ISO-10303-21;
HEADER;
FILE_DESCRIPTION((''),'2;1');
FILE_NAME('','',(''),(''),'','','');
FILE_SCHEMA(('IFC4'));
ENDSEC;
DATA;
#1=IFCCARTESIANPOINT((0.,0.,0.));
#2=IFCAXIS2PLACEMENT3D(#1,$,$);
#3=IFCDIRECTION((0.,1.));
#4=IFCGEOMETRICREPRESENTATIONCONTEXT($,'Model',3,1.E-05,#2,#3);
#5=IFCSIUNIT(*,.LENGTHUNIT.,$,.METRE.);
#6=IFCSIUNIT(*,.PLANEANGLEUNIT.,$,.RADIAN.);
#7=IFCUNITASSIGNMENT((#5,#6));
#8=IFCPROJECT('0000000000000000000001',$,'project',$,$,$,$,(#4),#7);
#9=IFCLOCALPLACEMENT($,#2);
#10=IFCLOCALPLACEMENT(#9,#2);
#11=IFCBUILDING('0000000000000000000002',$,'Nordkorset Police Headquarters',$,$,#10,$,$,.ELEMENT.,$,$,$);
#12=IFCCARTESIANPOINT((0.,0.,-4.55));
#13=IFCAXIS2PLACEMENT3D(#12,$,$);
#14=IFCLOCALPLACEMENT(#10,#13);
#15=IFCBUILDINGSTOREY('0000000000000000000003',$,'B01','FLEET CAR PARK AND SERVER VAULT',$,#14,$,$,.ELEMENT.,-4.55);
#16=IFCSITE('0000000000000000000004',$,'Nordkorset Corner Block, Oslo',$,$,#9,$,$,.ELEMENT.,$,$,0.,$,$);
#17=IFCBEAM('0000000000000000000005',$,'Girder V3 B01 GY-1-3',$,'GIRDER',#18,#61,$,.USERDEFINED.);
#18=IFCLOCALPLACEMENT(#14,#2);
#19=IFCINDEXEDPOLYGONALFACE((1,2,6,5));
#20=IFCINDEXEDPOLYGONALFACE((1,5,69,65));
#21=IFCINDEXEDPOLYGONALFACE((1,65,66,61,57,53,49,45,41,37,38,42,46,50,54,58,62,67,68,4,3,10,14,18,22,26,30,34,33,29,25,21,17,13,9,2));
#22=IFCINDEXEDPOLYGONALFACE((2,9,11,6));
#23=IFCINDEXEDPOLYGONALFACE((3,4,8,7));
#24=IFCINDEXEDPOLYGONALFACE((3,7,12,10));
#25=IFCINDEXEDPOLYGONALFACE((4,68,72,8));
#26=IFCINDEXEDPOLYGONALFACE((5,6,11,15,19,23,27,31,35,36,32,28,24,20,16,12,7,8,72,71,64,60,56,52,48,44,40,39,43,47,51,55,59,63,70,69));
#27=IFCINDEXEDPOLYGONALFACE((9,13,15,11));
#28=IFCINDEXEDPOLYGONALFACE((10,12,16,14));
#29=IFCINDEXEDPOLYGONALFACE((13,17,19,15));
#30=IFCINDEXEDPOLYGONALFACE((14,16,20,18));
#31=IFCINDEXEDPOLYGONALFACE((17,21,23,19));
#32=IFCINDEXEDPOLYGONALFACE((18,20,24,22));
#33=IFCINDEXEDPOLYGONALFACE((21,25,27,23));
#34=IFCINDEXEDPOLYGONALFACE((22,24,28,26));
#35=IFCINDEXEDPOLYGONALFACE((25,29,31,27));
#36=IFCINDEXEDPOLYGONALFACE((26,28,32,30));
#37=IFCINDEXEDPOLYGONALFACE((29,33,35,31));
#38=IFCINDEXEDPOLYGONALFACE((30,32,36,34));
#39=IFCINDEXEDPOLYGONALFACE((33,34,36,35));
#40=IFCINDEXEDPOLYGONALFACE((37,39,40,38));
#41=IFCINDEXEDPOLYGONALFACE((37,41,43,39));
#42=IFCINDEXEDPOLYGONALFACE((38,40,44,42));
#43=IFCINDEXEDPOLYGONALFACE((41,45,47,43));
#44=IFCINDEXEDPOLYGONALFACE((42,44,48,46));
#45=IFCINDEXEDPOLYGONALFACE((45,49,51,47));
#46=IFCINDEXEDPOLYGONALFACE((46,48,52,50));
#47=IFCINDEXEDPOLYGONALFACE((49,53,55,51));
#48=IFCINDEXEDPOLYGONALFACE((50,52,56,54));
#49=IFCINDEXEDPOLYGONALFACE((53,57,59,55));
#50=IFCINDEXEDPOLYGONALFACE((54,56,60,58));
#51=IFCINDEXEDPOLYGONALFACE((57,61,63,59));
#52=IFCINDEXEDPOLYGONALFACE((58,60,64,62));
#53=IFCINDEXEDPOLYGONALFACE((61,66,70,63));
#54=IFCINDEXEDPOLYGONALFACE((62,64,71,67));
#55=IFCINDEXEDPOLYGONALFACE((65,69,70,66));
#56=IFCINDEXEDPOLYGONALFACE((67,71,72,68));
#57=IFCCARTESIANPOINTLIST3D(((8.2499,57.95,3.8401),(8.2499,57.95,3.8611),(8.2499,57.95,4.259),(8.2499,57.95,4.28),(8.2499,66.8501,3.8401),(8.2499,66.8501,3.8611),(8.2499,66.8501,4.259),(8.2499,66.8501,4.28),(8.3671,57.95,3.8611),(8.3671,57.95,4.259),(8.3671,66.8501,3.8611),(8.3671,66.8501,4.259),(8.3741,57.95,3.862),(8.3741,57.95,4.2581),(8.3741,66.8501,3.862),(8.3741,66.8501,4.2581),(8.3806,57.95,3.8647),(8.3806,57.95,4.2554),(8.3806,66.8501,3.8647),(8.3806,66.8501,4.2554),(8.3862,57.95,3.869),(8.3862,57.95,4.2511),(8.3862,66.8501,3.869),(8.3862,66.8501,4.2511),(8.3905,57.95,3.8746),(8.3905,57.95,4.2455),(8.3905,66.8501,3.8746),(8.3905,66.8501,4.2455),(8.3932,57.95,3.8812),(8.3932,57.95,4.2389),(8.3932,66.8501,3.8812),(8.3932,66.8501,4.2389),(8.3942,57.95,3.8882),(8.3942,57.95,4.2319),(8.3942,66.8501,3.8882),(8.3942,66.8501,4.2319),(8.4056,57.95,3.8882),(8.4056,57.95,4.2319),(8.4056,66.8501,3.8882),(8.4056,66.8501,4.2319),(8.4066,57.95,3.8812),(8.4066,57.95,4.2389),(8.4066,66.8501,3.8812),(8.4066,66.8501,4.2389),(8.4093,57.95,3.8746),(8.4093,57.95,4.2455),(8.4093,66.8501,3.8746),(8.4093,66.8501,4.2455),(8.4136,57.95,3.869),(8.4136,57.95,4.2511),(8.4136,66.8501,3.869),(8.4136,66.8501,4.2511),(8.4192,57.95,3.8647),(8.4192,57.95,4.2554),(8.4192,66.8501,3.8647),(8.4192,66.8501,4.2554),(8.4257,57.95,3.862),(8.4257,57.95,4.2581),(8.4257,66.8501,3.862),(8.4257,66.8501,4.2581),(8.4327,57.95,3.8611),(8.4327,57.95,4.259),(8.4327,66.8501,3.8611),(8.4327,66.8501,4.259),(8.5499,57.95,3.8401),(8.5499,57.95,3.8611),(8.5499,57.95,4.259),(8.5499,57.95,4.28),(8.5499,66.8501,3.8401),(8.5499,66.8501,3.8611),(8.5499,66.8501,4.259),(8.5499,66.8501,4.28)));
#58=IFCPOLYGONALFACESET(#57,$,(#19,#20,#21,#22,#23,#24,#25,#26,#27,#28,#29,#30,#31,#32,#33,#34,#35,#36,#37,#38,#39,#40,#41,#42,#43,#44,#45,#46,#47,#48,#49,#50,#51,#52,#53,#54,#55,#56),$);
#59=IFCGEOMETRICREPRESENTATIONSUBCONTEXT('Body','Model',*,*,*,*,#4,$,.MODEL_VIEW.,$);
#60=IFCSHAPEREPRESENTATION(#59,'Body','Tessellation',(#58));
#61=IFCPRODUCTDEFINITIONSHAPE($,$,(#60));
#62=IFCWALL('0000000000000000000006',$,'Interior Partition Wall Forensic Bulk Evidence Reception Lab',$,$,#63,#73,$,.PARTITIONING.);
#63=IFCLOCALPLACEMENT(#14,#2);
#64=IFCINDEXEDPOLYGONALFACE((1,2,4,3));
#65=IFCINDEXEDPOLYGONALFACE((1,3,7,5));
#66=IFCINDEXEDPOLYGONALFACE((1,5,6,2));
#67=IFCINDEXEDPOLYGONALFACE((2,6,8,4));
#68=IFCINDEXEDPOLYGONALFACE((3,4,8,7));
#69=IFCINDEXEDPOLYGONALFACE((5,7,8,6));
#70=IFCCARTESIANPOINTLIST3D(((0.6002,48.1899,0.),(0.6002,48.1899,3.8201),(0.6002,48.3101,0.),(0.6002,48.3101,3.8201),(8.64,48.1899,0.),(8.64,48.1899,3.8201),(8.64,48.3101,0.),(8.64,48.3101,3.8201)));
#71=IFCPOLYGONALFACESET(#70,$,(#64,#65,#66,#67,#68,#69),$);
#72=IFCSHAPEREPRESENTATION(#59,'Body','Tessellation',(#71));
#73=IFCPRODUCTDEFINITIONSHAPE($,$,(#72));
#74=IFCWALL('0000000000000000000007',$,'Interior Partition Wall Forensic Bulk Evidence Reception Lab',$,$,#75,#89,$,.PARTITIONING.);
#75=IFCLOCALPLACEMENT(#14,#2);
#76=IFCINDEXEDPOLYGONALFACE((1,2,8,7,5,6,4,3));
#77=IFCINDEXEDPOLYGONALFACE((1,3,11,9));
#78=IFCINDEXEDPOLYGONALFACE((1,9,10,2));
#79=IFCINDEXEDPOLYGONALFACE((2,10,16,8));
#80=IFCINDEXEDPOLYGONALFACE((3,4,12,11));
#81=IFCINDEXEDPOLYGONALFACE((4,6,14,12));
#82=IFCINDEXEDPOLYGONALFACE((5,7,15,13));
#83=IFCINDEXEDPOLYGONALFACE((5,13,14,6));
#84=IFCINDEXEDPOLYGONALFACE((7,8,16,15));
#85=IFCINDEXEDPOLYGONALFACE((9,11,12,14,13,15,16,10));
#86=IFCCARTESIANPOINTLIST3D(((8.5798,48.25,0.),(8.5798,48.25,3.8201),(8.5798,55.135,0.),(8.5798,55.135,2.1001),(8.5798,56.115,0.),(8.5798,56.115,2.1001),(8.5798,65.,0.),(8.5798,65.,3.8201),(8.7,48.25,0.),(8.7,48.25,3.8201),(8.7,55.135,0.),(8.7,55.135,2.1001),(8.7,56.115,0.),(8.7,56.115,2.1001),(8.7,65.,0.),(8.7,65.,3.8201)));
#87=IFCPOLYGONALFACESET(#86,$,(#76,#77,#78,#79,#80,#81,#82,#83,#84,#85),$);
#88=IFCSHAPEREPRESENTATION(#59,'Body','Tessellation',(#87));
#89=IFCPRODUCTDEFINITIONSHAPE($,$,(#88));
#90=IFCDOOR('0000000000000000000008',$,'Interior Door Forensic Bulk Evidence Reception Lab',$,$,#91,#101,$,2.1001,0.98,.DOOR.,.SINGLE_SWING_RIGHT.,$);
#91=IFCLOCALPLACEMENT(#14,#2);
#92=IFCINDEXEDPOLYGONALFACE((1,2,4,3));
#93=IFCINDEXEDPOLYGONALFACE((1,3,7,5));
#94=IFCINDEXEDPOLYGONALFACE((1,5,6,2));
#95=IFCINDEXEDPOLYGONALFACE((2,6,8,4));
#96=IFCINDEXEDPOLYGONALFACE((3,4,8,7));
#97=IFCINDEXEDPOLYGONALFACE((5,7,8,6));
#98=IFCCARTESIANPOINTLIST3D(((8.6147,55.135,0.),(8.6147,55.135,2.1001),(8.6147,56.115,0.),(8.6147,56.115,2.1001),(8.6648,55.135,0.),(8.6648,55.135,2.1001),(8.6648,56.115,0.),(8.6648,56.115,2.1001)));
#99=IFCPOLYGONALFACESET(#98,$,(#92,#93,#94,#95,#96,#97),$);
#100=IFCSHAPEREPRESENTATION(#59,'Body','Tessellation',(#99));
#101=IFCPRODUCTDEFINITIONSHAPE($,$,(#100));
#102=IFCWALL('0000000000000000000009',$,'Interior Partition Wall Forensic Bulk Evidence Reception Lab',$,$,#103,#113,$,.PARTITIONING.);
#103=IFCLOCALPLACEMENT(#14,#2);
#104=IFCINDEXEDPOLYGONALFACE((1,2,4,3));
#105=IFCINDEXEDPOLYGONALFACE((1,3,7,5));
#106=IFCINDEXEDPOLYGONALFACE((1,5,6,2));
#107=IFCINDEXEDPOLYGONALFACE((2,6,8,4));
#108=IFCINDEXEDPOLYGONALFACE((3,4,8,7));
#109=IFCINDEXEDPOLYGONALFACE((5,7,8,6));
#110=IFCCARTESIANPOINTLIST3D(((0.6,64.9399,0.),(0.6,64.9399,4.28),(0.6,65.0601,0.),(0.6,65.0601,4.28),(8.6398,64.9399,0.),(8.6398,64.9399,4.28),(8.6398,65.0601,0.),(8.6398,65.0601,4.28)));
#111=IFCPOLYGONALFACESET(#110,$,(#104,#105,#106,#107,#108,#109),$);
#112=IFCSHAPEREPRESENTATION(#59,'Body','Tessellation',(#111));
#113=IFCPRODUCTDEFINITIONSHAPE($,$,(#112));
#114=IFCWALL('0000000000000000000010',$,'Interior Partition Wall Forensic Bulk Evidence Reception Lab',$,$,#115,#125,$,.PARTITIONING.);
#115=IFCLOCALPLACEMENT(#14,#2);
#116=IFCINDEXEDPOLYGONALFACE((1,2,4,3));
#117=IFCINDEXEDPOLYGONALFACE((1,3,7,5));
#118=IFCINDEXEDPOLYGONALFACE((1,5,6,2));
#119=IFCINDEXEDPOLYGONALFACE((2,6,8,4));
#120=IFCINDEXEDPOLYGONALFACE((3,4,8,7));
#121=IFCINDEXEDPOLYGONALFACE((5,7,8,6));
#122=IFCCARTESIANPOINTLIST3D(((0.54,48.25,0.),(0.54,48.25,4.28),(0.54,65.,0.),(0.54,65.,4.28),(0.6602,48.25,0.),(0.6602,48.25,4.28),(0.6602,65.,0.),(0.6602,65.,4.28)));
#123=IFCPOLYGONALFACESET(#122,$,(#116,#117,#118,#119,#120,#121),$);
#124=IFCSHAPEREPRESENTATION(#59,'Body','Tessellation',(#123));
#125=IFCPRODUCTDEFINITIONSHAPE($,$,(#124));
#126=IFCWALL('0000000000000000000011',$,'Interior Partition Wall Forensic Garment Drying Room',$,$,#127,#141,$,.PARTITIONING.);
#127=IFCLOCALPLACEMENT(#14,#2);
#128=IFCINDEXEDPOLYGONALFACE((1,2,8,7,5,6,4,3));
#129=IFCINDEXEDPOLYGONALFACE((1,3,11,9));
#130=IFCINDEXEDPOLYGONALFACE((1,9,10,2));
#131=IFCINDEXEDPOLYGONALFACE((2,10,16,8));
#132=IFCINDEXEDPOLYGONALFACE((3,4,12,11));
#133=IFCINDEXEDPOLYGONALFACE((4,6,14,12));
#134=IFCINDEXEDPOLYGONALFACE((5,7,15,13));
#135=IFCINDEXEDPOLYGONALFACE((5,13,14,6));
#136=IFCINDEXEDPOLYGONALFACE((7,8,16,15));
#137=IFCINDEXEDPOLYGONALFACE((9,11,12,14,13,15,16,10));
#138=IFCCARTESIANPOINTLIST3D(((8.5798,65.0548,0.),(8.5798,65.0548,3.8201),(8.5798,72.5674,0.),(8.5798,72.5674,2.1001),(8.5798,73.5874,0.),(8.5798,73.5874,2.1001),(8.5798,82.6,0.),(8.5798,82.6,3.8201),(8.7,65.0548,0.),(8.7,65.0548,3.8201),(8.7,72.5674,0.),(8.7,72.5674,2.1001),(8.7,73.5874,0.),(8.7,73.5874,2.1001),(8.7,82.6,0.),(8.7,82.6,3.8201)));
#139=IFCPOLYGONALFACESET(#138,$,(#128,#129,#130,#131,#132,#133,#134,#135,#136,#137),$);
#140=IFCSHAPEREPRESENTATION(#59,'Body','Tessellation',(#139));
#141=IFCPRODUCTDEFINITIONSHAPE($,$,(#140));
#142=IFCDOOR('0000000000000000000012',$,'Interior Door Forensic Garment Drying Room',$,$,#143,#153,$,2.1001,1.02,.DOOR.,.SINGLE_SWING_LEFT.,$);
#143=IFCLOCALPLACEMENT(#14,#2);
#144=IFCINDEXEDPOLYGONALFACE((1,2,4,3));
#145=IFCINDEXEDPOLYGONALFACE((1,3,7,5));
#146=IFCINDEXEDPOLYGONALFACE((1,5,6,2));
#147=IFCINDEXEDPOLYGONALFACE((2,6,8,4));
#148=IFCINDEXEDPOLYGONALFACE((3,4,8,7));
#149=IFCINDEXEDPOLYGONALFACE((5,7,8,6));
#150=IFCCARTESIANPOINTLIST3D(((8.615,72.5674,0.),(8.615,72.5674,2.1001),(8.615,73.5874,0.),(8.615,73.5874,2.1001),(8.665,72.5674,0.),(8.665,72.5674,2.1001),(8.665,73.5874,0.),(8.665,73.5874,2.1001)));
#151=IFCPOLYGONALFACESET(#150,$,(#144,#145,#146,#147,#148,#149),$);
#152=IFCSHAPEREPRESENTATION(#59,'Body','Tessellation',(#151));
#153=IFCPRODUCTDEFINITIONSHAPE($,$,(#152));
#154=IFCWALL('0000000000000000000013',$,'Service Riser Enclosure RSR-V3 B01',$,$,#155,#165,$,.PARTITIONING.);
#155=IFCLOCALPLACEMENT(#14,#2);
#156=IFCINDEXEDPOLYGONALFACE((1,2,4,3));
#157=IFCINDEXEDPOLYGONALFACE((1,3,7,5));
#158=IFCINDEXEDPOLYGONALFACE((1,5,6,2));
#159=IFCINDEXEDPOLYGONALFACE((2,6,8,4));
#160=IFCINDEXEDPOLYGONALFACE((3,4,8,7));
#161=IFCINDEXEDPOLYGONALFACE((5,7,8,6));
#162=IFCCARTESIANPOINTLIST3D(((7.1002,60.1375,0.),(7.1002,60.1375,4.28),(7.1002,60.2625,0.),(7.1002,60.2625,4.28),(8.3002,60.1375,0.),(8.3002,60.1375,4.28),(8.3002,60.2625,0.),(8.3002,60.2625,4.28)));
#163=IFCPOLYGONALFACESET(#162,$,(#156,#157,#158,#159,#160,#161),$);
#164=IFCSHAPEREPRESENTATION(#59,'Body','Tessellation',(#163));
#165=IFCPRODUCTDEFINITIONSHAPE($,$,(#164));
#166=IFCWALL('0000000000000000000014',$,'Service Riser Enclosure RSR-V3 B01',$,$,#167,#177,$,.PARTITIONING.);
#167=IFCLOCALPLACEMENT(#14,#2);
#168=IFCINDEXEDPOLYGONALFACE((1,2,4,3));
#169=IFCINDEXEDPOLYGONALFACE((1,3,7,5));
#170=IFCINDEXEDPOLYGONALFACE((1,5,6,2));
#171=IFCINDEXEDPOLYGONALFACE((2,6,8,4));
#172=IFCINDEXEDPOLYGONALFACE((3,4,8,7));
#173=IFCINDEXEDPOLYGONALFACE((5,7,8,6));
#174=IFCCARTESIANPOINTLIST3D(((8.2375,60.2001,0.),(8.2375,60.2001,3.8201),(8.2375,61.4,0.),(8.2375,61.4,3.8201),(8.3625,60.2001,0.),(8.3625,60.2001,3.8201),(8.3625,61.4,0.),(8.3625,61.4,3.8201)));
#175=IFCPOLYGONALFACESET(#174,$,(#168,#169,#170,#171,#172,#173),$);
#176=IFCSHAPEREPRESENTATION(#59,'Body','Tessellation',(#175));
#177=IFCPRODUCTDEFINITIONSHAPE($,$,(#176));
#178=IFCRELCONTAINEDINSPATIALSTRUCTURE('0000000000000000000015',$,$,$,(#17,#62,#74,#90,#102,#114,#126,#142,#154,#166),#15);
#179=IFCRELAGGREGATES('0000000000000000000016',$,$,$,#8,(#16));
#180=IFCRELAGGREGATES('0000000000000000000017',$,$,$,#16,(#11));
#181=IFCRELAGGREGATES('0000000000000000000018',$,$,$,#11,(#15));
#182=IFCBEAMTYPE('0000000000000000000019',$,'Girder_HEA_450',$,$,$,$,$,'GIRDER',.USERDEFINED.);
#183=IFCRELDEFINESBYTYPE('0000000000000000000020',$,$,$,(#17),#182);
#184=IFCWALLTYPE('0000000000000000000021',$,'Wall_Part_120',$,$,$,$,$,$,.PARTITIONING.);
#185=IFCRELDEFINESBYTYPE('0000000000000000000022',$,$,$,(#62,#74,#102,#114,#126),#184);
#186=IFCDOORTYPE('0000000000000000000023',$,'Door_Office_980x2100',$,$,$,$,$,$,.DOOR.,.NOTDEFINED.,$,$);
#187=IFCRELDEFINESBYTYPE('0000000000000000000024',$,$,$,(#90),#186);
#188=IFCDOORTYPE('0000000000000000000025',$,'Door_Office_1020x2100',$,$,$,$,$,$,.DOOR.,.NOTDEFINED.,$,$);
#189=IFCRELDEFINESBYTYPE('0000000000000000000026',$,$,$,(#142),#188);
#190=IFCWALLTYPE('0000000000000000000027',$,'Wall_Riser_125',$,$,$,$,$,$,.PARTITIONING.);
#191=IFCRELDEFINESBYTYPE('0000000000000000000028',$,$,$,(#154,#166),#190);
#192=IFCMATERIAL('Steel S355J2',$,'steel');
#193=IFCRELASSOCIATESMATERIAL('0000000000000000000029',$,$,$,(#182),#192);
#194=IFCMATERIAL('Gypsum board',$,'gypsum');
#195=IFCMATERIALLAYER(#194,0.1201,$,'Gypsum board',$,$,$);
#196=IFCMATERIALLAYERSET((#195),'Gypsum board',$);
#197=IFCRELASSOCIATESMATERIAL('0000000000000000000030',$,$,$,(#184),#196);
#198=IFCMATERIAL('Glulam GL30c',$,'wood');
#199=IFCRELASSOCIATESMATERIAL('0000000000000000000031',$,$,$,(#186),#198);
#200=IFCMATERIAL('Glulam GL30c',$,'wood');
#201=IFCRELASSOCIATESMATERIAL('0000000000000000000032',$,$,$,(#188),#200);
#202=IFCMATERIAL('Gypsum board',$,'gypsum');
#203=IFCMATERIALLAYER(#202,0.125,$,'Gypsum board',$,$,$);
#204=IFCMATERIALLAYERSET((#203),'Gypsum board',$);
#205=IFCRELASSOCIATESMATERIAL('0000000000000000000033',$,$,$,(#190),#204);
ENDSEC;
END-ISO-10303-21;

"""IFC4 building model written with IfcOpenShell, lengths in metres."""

from ifc_helpers import new_model, si_unit, direction, frame, frame_2d, origin, origin_2d, place, context, subcontext, project, spatial, rectangle, i_section, extrude, material, layer, layer_set, material_profile, profile_set, type_object, element, fill, save


model = new_model("IFC4")

# Units and contexts
model_context = context("Model", 3, precision=1e-05, world=origin(), true_north=direction((0.0, 1.0)))
body_context = subcontext(model_context, "Body", "Model", "MODEL_VIEW")
ifc_project = project(units=[si_unit("LENGTHUNIT", "METRE"), si_unit("PLANEANGLEUNIT", "RADIAN")], contexts=[model_context])

# Site, building, storey
site_placement = place(None, origin())
site = spatial("IfcSite", under=ifc_project, at=site_placement, Name="Nordkorset Corner Block, Oslo", CompositionType="ELEMENT", RefElevation=0.0)
building_placement = place(site_placement, origin())
building = spatial("IfcBuilding", under=site, at=building_placement, Name="Nordkorset Police Headquarters", CompositionType="ELEMENT")
storey_placement = place(building_placement, frame((0.0, 0.0, -4.55)))
storey = spatial("IfcBuildingStorey", under=building, at=storey_placement, Name="B01", Description="FLEET CAR PARK AND SERVER VAULT", CompositionType="ELEMENT", Elevation=-4.55)

# Beam
ifc_material_1 = material(Name="Steel S355J2", Category="steel")
ifc_material_profile_1 = material_profile(ifc_material_1, i_section(OverallWidth=0.3, OverallDepth=0.4399, WebThickness=0.0115, FlangeThickness=0.021, FilletRadius=0.0271, at=origin_2d()), Name="HEA 450")
ifc_profile_set_1 = profile_set([ifc_material_profile_1], Name="Steel S355J2")
beam_type_1 = type_object("IfcBeamType", Name="Girder_HEA_450", ElementType="GIRDER", PredefinedType="USERDEFINED", material=ifc_profile_set_1)
beam_1_placement = place(storey_placement, frame((8.3999, 57.95, 4.0601), z_axis=(0.0, 1.0, 0.0), x_axis=(-1.0, 0.0, 0.0)))
element("IfcBeam", 1, at=beam_1_placement, inside=storey, type_object=beam_type_1, Name="Girder V3 B01 GY-1-3", ObjectType="GIRDER", PredefinedType="USERDEFINED", context=body_context, shape_type="SweptSolid", body=[
    extrude(i_section(OverallWidth=0.3, OverallDepth=0.4399, WebThickness=0.0115, FlangeThickness=0.021, FilletRadius=0.0271, at=origin_2d()), origin(), (0.0, 0.0, 1.0), 8.9001),
])

# Wall
ifc_material_2 = material(Name="Gypsum board", Category="gypsum")
ifc_layer_1 = layer(ifc_material_2, 0.1201, Name="Gypsum board")
ifc_layer_set_1 = layer_set([ifc_layer_1], Name="Gypsum board")
wall_type_1 = type_object("IfcWallType", Name="Wall_Part_120", PredefinedType="PARTITIONING", material=ifc_layer_set_1)
wall_1_placement = place(storey_placement, frame((0.6001, 48.25, 0.0), z_axis=(0.0, 0.0, 1.0), x_axis=(1.0, 0.0, 0.0)))
element("IfcWall", 2, at=wall_1_placement, inside=storey, type_object=wall_type_1, Name="Interior Partition Wall Forensic Bulk Evidence Reception Lab", PredefinedType="PARTITIONING", context=body_context, shape_type="SweptSolid", body=[
    extrude(rectangle(XDim=8.0398, YDim=0.1201, at=frame_2d((4.02, 0.0))), origin(), (0.0, 0.0, 1.0), 3.8201),
])

# Wall, opening, door
wall_2_placement = place(storey_placement, frame((8.6399, 48.25, 0.0), z_axis=(0.0, 0.0, 1.0), x_axis=(0.0, 1.0, 0.0)))
wall_2 = element("IfcWall", 3, at=wall_2_placement, inside=storey, type_object=wall_type_1, Name="Interior Partition Wall Forensic Bulk Evidence Reception Lab", PredefinedType="PARTITIONING", context=body_context, shape_type="SweptSolid", body=[
    extrude(rectangle(XDim=16.75, YDim=0.1201, at=frame_2d((8.375, 0.0))), origin(), (0.0, 0.0, 1.0), 3.8201),
])
opening_1_placement = place(wall_2_placement, frame((6.885, 0.0, 0.0)))
opening_1 = element("IfcOpeningElement", 4, at=opening_1_placement, cuts=wall_2, PredefinedType="OPENING", context=body_context, shape_type="SweptSolid", body=[
    extrude(rectangle(XDim=0.98, YDim=2.1001, at=frame_2d((0.49, 1.05))), frame((0.0, 0.0701, 0.0), z_axis=(0.0, -1.0, 0.0), x_axis=(1.0, 0.0, 0.0)), (0.0, 0.0, 1.0), 0.1401),
])
ifc_material_3 = material(Name="Glulam GL30c", Category="wood")
door_type_1 = type_object("IfcDoorType", Name="Door_Office_980x2100", OperationType="NOTDEFINED", PredefinedType="DOOR", material=ifc_material_3)
door_1_placement = place(opening_1_placement, frame((0.98, 0.0, 0.0), z_axis=(0.0, 0.0, 1.0), x_axis=(-1.0, 0.0, 0.0)))
door_1 = element("IfcDoor", 5, at=door_1_placement, inside=storey, type_object=door_type_1, Name="Interior Door Forensic Bulk Evidence Reception Lab", OperationType="SINGLE_SWING_RIGHT", OverallHeight=2.1001, OverallWidth=0.98, PredefinedType="DOOR", context=body_context, shape_type="SweptSolid", body=[
    extrude(rectangle(XDim=0.98, YDim=2.1001, at=frame_2d((0.49, 1.05))), frame((0.0, 0.0249, 0.0), z_axis=(0.0, -1.0, 0.0), x_axis=(1.0, 0.0, 0.0)), (0.0, 0.0, 1.0), 0.05),
])
fill(opening_1, door_1)

# Walls
wall_3_placement = place(storey_placement, frame((8.6399, 65.0, 0.0), z_axis=(0.0, 0.0, 1.0), x_axis=(-1.0, 0.0, 0.0)))
element("IfcWall", 6, at=wall_3_placement, inside=storey, type_object=wall_type_1, Name="Interior Partition Wall Forensic Bulk Evidence Reception Lab", PredefinedType="PARTITIONING", context=body_context, shape_type="SweptSolid", body=[
    extrude(rectangle(XDim=8.0398, YDim=0.1201, at=frame_2d((4.02, 0.0))), origin(), (0.0, 0.0, 1.0), 4.28),
])
wall_4_placement = place(storey_placement, frame((0.6001, 65.0, 0.0), z_axis=(0.0, 0.0, 1.0), x_axis=(0.0, -1.0, 0.0)))
element("IfcWall", 7, at=wall_4_placement, inside=storey, type_object=wall_type_1, Name="Interior Partition Wall Forensic Bulk Evidence Reception Lab", PredefinedType="PARTITIONING", context=body_context, shape_type="SweptSolid", body=[
    extrude(rectangle(XDim=16.75, YDim=0.1201, at=frame_2d((8.375, 0.0))), origin(), (0.0, 0.0, 1.0), 4.28),
])

# Wall, opening, door
wall_5_placement = place(storey_placement, frame((8.6399, 65.0549, 0.0), z_axis=(0.0, 0.0, 1.0), x_axis=(0.0, 1.0, 0.0)))
wall_5 = element("IfcWall", 8, at=wall_5_placement, inside=storey, type_object=wall_type_1, Name="Interior Partition Wall Forensic Garment Drying Room", PredefinedType="PARTITIONING", context=body_context, shape_type="SweptSolid", body=[
    extrude(rectangle(XDim=17.5452, YDim=0.1201, at=frame_2d((8.7725, 0.0))), origin(), (0.0, 0.0, 1.0), 3.8201),
])
opening_2_placement = place(wall_5_placement, frame((7.5125, 0.0, 0.0)))
opening_2 = element("IfcOpeningElement", 9, at=opening_2_placement, cuts=wall_5, PredefinedType="OPENING", context=body_context, shape_type="SweptSolid", body=[
    extrude(rectangle(XDim=1.02, YDim=2.1001, at=frame_2d((0.51, 1.05))), frame((0.0, 0.0701, 0.0), z_axis=(0.0, -1.0, 0.0), x_axis=(1.0, 0.0, 0.0)), (0.0, 0.0, 1.0), 0.1401),
])
ifc_material_4 = material(Name="Glulam GL30c", Category="wood")
door_type_2 = type_object("IfcDoorType", Name="Door_Office_1020x2100", OperationType="NOTDEFINED", PredefinedType="DOOR", material=ifc_material_4)
door_2_placement = place(opening_2_placement, origin())
door_2 = element("IfcDoor", 10, at=door_2_placement, inside=storey, type_object=door_type_2, Name="Interior Door Forensic Garment Drying Room", OperationType="SINGLE_SWING_LEFT", OverallHeight=2.1001, OverallWidth=1.02, PredefinedType="DOOR", context=body_context, shape_type="SweptSolid", body=[
    extrude(rectangle(XDim=1.02, YDim=2.1001, at=frame_2d((0.51, 1.05))), frame((0.0, 0.0249, 0.0), z_axis=(0.0, -1.0, 0.0), x_axis=(1.0, 0.0, 0.0)), (0.0, 0.0, 1.0), 0.05),
])
fill(opening_2, door_2)

# Walls
ifc_material_5 = material(Name="Gypsum board", Category="gypsum")
ifc_layer_2 = layer(ifc_material_5, 0.125, Name="Gypsum board")
ifc_layer_set_2 = layer_set([ifc_layer_2], Name="Gypsum board")
wall_type_2 = type_object("IfcWallType", Name="Wall_Riser_125", PredefinedType="PARTITIONING", material=ifc_layer_set_2)
wall_6_placement = place(storey_placement, frame((7.1001, 60.2, 0.0), z_axis=(0.0, 0.0, 1.0), x_axis=(1.0, 0.0, 0.0)))
element("IfcWall", 11, at=wall_6_placement, inside=storey, type_object=wall_type_2, Name="Service Riser Enclosure RSR-V3 B01", PredefinedType="PARTITIONING", context=body_context, shape_type="SweptSolid", body=[
    extrude(rectangle(XDim=1.2, YDim=0.125, at=frame_2d((0.6001, 0.0))), origin(), (0.0, 0.0, 1.0), 4.28),
])
wall_7_placement = place(storey_placement, frame((8.3, 60.2, 0.0), z_axis=(0.0, 0.0, 1.0), x_axis=(0.0, 1.0, 0.0)))
element("IfcWall", 12, at=wall_7_placement, inside=storey, type_object=wall_type_2, Name="Service Riser Enclosure RSR-V3 B01", PredefinedType="PARTITIONING", context=body_context, shape_type="SweptSolid", body=[
    extrude(rectangle(XDim=1.2, YDim=0.125, at=frame_2d((0.6001, 0.0))), origin(), (0.0, 0.0, 1.0), 3.8201),
])

save(model, "model.ifc")
